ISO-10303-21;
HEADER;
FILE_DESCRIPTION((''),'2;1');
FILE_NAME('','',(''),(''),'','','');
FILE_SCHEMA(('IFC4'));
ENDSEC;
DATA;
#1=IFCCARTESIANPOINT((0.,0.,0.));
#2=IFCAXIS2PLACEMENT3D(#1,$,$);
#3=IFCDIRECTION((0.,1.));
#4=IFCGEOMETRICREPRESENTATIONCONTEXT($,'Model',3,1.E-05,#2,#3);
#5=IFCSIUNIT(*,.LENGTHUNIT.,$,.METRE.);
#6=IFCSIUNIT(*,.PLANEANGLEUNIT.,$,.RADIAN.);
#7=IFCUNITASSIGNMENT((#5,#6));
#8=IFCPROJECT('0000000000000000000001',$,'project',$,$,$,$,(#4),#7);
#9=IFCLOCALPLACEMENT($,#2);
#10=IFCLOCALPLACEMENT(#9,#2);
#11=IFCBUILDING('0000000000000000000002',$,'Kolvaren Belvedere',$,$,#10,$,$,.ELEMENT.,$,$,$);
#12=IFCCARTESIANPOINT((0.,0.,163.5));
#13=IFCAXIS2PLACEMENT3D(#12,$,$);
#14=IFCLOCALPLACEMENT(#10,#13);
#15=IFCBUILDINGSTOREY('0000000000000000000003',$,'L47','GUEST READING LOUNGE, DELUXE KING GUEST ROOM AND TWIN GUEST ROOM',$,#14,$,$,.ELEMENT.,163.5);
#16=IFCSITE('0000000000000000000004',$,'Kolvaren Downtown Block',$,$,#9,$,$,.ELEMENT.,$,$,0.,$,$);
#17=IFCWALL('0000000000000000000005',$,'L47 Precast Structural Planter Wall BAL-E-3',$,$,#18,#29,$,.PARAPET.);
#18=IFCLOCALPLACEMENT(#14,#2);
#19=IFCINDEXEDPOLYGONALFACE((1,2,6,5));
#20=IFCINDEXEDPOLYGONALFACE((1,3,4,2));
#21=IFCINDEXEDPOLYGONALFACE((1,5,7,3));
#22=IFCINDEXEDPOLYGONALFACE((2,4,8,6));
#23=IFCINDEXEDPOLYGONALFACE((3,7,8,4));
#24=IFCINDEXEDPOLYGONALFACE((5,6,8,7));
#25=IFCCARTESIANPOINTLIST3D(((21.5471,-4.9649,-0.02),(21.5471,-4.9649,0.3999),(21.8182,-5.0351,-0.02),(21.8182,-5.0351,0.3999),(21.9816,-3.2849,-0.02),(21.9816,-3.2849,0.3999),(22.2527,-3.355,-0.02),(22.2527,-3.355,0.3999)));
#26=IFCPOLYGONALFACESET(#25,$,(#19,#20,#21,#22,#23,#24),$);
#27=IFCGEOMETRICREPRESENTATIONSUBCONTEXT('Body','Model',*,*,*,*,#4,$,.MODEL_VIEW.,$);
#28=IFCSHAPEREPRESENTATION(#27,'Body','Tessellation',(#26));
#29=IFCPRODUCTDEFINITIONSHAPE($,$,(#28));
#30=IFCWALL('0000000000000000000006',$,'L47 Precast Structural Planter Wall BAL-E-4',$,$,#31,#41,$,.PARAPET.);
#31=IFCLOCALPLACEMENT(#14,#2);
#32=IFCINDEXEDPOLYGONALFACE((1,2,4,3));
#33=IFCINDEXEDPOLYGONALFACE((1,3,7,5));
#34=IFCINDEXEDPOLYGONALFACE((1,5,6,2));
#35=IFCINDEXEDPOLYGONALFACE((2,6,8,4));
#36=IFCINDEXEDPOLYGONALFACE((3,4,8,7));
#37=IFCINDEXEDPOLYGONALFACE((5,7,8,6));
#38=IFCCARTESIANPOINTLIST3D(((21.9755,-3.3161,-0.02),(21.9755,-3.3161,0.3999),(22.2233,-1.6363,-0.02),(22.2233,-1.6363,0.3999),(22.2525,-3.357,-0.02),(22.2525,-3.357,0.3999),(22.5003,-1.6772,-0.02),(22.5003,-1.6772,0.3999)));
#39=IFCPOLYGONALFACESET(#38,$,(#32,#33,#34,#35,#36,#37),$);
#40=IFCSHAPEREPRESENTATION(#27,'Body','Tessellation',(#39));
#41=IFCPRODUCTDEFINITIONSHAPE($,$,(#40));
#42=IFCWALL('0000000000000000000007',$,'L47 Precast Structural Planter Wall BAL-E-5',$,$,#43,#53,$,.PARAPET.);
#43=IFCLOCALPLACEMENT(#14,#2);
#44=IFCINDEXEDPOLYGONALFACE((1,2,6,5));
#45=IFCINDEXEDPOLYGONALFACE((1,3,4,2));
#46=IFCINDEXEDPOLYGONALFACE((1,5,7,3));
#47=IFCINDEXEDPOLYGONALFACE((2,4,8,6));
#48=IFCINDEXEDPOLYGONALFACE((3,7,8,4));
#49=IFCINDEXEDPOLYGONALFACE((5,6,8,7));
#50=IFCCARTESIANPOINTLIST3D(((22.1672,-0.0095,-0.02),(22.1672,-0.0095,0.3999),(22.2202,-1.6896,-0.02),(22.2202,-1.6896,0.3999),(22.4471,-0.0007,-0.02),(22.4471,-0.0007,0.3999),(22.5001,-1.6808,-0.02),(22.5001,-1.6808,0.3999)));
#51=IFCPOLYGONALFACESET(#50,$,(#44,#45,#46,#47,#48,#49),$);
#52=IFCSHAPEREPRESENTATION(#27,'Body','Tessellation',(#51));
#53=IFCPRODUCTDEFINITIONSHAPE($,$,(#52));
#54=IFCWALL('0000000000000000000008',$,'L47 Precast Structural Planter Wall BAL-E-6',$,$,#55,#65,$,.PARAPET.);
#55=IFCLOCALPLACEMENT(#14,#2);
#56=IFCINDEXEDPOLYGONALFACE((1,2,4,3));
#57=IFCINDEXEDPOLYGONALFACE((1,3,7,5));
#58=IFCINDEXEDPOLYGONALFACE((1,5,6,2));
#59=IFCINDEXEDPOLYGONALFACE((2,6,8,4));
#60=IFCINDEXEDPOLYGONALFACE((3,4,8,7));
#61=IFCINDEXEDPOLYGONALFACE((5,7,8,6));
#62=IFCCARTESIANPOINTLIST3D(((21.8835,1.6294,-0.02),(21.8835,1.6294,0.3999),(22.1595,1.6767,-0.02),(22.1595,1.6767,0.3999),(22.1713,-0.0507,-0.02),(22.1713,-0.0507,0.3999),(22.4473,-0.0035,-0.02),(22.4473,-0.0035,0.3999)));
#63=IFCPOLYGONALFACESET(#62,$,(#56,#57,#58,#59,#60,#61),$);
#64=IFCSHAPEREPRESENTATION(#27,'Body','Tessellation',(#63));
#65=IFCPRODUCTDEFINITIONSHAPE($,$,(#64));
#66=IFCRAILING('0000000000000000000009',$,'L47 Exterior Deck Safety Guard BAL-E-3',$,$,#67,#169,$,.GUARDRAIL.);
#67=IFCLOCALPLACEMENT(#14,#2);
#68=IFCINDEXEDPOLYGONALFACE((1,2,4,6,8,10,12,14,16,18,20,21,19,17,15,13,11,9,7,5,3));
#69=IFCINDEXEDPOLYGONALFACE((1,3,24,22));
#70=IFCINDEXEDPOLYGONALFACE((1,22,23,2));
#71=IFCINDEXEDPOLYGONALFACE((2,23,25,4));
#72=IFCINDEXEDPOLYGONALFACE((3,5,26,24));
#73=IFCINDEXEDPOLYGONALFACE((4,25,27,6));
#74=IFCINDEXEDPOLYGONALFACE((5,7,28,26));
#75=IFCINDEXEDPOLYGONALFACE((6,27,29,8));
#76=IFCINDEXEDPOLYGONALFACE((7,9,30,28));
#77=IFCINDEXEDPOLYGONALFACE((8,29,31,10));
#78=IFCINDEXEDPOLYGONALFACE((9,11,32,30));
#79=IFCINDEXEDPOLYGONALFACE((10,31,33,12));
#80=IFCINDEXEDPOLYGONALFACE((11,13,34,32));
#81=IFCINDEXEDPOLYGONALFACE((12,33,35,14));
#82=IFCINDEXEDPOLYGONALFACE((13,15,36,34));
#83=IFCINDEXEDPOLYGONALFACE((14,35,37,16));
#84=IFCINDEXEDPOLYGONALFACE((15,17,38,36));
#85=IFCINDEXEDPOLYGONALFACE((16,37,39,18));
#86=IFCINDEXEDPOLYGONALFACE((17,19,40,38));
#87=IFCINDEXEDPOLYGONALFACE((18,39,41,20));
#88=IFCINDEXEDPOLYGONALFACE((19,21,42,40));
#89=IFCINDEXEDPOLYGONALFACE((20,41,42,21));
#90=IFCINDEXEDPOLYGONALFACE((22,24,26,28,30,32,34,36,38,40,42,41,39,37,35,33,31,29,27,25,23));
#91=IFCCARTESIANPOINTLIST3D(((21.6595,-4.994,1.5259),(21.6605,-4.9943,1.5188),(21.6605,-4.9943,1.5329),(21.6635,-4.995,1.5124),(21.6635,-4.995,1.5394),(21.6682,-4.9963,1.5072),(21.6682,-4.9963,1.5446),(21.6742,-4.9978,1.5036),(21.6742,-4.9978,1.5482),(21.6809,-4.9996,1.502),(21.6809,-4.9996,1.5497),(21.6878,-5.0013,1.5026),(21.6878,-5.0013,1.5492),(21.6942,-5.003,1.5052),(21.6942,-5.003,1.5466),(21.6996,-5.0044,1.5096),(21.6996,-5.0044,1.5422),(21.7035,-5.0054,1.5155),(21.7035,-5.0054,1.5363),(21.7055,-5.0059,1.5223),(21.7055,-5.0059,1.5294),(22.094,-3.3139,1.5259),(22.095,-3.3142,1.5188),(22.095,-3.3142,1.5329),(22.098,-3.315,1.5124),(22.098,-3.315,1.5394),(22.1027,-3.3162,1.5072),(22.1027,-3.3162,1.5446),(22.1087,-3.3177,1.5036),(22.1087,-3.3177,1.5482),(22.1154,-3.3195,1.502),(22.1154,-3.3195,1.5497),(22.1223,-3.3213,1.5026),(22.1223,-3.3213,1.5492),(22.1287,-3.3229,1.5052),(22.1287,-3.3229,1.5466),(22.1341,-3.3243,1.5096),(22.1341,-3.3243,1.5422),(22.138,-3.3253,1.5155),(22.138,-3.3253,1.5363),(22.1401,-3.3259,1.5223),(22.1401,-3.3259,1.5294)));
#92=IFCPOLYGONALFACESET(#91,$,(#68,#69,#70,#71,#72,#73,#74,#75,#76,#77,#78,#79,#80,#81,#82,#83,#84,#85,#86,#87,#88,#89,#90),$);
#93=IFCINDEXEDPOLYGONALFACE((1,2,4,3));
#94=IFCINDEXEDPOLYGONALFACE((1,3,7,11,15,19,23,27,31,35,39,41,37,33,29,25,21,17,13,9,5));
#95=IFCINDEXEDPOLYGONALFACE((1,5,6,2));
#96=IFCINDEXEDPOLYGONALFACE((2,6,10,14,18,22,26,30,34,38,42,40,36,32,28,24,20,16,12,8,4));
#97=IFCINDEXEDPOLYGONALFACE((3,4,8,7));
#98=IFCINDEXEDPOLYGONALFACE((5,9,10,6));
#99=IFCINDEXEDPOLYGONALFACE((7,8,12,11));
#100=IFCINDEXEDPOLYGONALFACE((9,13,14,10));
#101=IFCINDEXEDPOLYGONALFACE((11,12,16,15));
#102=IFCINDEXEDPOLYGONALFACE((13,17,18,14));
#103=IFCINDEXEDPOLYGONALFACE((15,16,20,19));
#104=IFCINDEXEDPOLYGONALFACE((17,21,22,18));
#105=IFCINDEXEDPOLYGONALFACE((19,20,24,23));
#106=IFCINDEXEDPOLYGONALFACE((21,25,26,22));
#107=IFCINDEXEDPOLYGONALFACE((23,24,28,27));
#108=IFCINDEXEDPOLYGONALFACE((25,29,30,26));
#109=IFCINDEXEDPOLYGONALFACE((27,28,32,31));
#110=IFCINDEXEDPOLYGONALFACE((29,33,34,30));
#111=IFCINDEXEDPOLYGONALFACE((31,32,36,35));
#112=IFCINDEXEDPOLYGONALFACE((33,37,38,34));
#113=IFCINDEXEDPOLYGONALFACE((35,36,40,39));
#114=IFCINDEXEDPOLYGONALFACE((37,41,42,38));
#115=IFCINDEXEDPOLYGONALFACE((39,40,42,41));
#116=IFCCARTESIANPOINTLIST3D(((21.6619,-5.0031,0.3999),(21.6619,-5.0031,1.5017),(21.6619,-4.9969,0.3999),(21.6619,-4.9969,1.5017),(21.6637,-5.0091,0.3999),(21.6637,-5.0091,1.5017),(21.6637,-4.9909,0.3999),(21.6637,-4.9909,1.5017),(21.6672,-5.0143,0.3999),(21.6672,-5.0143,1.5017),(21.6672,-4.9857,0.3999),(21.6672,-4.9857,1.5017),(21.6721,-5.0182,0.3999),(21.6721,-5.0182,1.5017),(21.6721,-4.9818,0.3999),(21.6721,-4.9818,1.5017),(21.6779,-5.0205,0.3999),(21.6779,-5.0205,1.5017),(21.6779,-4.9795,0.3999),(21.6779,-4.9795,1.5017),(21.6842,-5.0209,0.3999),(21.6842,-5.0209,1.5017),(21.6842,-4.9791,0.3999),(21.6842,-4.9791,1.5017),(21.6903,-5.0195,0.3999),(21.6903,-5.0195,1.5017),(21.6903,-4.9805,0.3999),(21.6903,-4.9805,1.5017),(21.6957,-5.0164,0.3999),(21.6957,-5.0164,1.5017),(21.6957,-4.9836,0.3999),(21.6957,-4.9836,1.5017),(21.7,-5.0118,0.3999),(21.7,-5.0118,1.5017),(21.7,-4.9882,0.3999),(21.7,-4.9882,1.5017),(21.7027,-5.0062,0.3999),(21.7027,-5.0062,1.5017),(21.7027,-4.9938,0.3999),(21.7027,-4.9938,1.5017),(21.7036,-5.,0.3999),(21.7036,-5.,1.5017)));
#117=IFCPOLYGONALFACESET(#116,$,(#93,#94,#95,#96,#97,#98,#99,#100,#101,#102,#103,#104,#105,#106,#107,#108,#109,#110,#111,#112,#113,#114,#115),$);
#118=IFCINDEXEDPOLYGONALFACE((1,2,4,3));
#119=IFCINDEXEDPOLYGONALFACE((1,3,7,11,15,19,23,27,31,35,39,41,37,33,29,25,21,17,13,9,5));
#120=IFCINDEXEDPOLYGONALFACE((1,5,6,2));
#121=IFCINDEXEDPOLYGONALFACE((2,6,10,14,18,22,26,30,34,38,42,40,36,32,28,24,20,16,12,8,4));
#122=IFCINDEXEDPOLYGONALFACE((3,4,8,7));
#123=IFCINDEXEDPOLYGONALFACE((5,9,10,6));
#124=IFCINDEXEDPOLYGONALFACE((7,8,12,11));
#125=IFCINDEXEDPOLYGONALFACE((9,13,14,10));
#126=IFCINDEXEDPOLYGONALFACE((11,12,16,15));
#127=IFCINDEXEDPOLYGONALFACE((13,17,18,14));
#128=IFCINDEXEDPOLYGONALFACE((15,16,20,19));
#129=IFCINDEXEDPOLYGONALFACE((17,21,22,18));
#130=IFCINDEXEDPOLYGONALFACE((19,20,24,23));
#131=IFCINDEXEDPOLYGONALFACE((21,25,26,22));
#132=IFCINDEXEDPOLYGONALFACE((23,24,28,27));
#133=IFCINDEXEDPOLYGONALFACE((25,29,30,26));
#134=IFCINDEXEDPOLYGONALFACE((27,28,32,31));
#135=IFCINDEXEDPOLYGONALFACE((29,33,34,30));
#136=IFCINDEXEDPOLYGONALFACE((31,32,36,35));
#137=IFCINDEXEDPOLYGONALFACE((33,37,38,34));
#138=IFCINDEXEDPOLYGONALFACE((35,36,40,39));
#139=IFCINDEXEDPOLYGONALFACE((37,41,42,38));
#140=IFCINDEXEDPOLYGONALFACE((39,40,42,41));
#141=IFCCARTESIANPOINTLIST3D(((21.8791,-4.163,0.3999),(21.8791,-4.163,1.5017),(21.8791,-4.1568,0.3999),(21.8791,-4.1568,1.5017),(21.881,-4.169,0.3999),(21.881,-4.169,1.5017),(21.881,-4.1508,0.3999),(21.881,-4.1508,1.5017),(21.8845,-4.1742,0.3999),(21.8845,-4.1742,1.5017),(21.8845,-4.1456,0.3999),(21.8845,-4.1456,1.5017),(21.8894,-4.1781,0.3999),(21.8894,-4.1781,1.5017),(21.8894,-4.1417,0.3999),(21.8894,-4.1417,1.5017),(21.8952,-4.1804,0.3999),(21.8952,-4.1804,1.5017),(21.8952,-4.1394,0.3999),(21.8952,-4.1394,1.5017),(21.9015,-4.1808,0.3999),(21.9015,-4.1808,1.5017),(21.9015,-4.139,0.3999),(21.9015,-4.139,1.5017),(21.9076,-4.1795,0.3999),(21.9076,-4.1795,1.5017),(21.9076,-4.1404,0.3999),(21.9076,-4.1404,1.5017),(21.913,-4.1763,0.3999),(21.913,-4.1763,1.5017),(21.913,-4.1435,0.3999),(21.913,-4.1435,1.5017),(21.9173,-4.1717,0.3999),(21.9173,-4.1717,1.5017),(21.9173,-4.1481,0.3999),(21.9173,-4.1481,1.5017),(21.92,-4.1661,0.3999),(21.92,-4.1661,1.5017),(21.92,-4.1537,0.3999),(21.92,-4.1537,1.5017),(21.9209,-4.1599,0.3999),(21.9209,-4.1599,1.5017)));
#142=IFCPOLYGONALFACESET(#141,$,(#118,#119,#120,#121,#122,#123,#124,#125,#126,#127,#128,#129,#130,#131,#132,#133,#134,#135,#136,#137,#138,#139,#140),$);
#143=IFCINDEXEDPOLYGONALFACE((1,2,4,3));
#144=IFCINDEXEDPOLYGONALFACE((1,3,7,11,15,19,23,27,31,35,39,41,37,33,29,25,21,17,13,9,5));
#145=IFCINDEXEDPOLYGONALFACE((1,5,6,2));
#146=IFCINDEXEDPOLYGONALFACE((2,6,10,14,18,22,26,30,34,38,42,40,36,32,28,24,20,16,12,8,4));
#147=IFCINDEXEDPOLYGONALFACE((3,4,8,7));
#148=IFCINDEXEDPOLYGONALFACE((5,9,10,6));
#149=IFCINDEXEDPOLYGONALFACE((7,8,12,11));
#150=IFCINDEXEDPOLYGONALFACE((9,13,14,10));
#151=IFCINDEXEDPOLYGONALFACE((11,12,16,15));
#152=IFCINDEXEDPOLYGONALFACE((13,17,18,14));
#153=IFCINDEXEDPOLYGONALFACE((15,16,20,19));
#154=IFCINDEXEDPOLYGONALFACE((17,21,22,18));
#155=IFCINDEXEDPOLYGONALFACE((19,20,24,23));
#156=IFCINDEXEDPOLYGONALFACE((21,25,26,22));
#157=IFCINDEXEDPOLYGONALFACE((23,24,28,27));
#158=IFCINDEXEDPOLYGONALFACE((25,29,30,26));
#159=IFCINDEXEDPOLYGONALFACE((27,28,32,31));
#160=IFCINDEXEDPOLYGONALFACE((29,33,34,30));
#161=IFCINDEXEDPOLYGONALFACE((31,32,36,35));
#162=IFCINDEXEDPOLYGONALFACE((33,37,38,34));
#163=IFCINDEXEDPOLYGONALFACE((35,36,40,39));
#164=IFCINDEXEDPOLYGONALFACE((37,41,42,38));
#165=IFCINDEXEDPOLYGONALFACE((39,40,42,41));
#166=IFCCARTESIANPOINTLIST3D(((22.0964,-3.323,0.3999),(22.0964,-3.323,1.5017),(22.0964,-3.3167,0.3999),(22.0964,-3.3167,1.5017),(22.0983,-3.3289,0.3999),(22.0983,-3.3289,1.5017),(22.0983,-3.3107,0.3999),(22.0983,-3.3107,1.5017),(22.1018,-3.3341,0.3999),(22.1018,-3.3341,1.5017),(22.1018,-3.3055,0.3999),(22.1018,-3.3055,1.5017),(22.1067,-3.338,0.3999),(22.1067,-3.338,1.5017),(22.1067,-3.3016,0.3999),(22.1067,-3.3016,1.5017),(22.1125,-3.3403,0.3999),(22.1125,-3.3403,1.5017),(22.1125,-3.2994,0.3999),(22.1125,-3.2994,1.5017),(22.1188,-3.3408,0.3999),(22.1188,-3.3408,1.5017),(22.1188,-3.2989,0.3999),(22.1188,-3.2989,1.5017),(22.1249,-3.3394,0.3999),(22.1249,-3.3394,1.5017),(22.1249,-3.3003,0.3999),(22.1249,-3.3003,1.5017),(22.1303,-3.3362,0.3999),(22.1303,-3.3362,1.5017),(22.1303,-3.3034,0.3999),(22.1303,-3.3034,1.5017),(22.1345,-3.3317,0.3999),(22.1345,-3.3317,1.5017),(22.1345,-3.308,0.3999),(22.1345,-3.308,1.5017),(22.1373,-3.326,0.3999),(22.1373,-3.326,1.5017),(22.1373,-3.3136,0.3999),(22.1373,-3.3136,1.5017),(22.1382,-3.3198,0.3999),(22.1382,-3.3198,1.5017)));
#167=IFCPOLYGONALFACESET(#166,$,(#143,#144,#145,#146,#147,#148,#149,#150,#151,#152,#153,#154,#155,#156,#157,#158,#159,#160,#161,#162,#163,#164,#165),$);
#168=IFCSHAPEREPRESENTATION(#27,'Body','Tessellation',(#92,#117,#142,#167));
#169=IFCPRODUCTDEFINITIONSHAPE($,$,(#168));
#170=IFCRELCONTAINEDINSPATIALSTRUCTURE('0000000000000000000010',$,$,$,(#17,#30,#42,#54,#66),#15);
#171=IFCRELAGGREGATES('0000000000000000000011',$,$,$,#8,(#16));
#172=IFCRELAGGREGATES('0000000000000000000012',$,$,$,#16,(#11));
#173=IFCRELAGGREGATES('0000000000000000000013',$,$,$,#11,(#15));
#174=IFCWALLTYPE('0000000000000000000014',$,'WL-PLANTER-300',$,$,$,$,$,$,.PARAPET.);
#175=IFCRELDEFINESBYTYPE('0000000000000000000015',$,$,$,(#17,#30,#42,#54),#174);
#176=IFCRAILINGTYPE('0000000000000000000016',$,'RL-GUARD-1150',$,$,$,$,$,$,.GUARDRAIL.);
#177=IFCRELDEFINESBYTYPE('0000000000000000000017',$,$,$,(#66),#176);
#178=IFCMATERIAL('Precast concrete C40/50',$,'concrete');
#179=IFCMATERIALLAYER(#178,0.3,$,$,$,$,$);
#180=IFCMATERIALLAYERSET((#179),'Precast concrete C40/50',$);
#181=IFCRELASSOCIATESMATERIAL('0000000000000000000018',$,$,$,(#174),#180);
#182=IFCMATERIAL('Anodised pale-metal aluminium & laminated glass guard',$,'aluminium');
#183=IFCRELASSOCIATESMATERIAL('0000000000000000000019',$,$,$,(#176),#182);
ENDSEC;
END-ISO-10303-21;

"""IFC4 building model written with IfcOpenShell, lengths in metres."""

from ifc_helpers import new_model, si_unit, direction, frame, frame_2d, origin, origin_2d, place, context, subcontext, project, spatial, rectangle, circle, extrude, material, layer, layer_set, type_object, element, save


model = new_model("IFC4")

# Units and contexts
model_context = context("Model", 3, precision=1e-05, world=origin(), true_north=direction((0.0, 1.0)))
body_context = subcontext(model_context, "Body", "Model", "MODEL_VIEW")
ifc_project = project(units=[si_unit("LENGTHUNIT", "METRE"), si_unit("PLANEANGLEUNIT", "RADIAN")], contexts=[model_context])

# Site, building, storey
site_placement = place(None, origin())
site = spatial("IfcSite", under=ifc_project, at=site_placement, Name="Kolvaren Downtown Block", CompositionType="ELEMENT", RefElevation=0.0)
building_placement = place(site_placement, origin())
building = spatial("IfcBuilding", under=site, at=building_placement, Name="Kolvaren Belvedere", CompositionType="ELEMENT")
storey_placement = place(building_placement, frame((0.0, 0.0, 163.5)))
storey = spatial("IfcBuildingStorey", under=building, at=storey_placement, Name="L47", Description="GUEST READING LOUNGE, DELUXE KING GUEST ROOM AND TWIN GUEST ROOM", CompositionType="ELEMENT", Elevation=163.5)

# Walls
ifc_material_1 = material(Name="Precast concrete C40/50", Category="concrete")
ifc_layer_1 = layer(ifc_material_1, 0.3)
ifc_layer_set_1 = layer_set([ifc_layer_1], Name="Precast concrete C40/50")
wall_type_1 = type_object("IfcWallType", Name="WL-PLANTER-300", PredefinedType="PARAPET", material=ifc_layer_set_1)
wall_1_placement = place(storey_placement, frame((21.6826, -5.0, -0.02), z_axis=(0.0, 0.0, 1.0), x_axis=(0.250406, 0.968141, 0.0)))
element("IfcWall", 1, at=wall_1_placement, inside=storey, type_object=wall_type_1, Name="L47 Precast Structural Planter Wall BAL-E-3", PredefinedType="PARAPET", context=body_context, shape_type="SweptSolid", body=[
    extrude(rectangle(XDim=1.7354, YDim=0.28, at=frame_2d((0.8677, 0.0))), origin(), (0.0, 0.0, 1.0), 0.4199),
])
wall_2_placement = place(storey_placement, frame((22.114, -3.3367, -0.02), z_axis=(0.0, 0.0, 1.0), x_axis=(0.145929, 0.989295, 0.0)))
element("IfcWall", 2, at=wall_2_placement, inside=storey, type_object=wall_type_1, Name="L47 Precast Structural Planter Wall BAL-E-4", PredefinedType="PARAPET", context=body_context, shape_type="SweptSolid", body=[
    extrude(rectangle(XDim=1.698, YDim=0.28, at=frame_2d((0.8491, 0.0))), origin(), (0.0, 0.0, 1.0), 0.4199),
])
wall_3_placement = place(storey_placement, frame((22.3601, -1.6851, -0.02), z_axis=(0.0, 0.0, 1.0), x_axis=(-0.031516, 0.999503, 0.0)))
element("IfcWall", 3, at=wall_3_placement, inside=storey, type_object=wall_type_1, Name="L47 Precast Structural Planter Wall BAL-E-5", PredefinedType="PARAPET", context=body_context, shape_type="SweptSolid", body=[
    extrude(rectangle(XDim=1.6809, YDim=0.28, at=frame_2d((0.8403, 0.0))), origin(), (0.0, 0.0, 1.0), 0.4199),
])
wall_4_placement = place(storey_placement, frame((22.3093, -0.0271, -0.02), z_axis=(0.0, 0.0, 1.0), x_axis=(-0.168856, 0.985641, 0.0)))
element("IfcWall", 4, at=wall_4_placement, inside=storey, type_object=wall_type_1, Name="L47 Precast Structural Planter Wall BAL-E-6", PredefinedType="PARAPET", context=body_context, shape_type="SweptSolid", body=[
    extrude(rectangle(XDim=1.7046, YDim=0.28, at=frame_2d((0.8523, 0.0))), origin(), (0.0, 0.0, 1.0), 0.4199),
])

# Railing
ifc_material_2 = material(Name="Anodised pale-metal aluminium & laminated glass guard", Category="aluminium")
railing_type = type_object("IfcRailingType", Name="RL-GUARD-1150", PredefinedType="GUARDRAIL", material=ifc_material_2)
railing_1_placement = place(storey_placement, frame((21.6826, -5.0, 0.3999)))
element("IfcRailing", 5, at=railing_1_placement, inside=storey, type_object=railing_type, Name="L47 Exterior Deck Safety Guard BAL-E-3", PredefinedType="GUARDRAIL", context=body_context, shape_type="SweptSolid", body=[
    extrude(circle(Radius=0.0239, at=origin_2d()), frame((0.0, 0.0, 1.126), z_axis=(0.250406, 0.968141, 0.0), x_axis=(-0.968141, 0.250406, 0.0)), (0.0, 0.0, 1.0), 1.7354),
    extrude(circle(Radius=0.021, at=origin_2d()), origin(), (0.0, 0.0, 1.0), 1.1018),
    extrude(circle(Radius=0.021, at=origin_2d()), frame((0.2173, 0.8401, 0.0)), (0.0, 0.0, 1.0), 1.1018),
    extrude(circle(Radius=0.021, at=origin_2d()), frame((0.4346, 1.6802, 0.0)), (0.0, 0.0, 1.0), 1.1018),
])

save(model, "model.ifc")
